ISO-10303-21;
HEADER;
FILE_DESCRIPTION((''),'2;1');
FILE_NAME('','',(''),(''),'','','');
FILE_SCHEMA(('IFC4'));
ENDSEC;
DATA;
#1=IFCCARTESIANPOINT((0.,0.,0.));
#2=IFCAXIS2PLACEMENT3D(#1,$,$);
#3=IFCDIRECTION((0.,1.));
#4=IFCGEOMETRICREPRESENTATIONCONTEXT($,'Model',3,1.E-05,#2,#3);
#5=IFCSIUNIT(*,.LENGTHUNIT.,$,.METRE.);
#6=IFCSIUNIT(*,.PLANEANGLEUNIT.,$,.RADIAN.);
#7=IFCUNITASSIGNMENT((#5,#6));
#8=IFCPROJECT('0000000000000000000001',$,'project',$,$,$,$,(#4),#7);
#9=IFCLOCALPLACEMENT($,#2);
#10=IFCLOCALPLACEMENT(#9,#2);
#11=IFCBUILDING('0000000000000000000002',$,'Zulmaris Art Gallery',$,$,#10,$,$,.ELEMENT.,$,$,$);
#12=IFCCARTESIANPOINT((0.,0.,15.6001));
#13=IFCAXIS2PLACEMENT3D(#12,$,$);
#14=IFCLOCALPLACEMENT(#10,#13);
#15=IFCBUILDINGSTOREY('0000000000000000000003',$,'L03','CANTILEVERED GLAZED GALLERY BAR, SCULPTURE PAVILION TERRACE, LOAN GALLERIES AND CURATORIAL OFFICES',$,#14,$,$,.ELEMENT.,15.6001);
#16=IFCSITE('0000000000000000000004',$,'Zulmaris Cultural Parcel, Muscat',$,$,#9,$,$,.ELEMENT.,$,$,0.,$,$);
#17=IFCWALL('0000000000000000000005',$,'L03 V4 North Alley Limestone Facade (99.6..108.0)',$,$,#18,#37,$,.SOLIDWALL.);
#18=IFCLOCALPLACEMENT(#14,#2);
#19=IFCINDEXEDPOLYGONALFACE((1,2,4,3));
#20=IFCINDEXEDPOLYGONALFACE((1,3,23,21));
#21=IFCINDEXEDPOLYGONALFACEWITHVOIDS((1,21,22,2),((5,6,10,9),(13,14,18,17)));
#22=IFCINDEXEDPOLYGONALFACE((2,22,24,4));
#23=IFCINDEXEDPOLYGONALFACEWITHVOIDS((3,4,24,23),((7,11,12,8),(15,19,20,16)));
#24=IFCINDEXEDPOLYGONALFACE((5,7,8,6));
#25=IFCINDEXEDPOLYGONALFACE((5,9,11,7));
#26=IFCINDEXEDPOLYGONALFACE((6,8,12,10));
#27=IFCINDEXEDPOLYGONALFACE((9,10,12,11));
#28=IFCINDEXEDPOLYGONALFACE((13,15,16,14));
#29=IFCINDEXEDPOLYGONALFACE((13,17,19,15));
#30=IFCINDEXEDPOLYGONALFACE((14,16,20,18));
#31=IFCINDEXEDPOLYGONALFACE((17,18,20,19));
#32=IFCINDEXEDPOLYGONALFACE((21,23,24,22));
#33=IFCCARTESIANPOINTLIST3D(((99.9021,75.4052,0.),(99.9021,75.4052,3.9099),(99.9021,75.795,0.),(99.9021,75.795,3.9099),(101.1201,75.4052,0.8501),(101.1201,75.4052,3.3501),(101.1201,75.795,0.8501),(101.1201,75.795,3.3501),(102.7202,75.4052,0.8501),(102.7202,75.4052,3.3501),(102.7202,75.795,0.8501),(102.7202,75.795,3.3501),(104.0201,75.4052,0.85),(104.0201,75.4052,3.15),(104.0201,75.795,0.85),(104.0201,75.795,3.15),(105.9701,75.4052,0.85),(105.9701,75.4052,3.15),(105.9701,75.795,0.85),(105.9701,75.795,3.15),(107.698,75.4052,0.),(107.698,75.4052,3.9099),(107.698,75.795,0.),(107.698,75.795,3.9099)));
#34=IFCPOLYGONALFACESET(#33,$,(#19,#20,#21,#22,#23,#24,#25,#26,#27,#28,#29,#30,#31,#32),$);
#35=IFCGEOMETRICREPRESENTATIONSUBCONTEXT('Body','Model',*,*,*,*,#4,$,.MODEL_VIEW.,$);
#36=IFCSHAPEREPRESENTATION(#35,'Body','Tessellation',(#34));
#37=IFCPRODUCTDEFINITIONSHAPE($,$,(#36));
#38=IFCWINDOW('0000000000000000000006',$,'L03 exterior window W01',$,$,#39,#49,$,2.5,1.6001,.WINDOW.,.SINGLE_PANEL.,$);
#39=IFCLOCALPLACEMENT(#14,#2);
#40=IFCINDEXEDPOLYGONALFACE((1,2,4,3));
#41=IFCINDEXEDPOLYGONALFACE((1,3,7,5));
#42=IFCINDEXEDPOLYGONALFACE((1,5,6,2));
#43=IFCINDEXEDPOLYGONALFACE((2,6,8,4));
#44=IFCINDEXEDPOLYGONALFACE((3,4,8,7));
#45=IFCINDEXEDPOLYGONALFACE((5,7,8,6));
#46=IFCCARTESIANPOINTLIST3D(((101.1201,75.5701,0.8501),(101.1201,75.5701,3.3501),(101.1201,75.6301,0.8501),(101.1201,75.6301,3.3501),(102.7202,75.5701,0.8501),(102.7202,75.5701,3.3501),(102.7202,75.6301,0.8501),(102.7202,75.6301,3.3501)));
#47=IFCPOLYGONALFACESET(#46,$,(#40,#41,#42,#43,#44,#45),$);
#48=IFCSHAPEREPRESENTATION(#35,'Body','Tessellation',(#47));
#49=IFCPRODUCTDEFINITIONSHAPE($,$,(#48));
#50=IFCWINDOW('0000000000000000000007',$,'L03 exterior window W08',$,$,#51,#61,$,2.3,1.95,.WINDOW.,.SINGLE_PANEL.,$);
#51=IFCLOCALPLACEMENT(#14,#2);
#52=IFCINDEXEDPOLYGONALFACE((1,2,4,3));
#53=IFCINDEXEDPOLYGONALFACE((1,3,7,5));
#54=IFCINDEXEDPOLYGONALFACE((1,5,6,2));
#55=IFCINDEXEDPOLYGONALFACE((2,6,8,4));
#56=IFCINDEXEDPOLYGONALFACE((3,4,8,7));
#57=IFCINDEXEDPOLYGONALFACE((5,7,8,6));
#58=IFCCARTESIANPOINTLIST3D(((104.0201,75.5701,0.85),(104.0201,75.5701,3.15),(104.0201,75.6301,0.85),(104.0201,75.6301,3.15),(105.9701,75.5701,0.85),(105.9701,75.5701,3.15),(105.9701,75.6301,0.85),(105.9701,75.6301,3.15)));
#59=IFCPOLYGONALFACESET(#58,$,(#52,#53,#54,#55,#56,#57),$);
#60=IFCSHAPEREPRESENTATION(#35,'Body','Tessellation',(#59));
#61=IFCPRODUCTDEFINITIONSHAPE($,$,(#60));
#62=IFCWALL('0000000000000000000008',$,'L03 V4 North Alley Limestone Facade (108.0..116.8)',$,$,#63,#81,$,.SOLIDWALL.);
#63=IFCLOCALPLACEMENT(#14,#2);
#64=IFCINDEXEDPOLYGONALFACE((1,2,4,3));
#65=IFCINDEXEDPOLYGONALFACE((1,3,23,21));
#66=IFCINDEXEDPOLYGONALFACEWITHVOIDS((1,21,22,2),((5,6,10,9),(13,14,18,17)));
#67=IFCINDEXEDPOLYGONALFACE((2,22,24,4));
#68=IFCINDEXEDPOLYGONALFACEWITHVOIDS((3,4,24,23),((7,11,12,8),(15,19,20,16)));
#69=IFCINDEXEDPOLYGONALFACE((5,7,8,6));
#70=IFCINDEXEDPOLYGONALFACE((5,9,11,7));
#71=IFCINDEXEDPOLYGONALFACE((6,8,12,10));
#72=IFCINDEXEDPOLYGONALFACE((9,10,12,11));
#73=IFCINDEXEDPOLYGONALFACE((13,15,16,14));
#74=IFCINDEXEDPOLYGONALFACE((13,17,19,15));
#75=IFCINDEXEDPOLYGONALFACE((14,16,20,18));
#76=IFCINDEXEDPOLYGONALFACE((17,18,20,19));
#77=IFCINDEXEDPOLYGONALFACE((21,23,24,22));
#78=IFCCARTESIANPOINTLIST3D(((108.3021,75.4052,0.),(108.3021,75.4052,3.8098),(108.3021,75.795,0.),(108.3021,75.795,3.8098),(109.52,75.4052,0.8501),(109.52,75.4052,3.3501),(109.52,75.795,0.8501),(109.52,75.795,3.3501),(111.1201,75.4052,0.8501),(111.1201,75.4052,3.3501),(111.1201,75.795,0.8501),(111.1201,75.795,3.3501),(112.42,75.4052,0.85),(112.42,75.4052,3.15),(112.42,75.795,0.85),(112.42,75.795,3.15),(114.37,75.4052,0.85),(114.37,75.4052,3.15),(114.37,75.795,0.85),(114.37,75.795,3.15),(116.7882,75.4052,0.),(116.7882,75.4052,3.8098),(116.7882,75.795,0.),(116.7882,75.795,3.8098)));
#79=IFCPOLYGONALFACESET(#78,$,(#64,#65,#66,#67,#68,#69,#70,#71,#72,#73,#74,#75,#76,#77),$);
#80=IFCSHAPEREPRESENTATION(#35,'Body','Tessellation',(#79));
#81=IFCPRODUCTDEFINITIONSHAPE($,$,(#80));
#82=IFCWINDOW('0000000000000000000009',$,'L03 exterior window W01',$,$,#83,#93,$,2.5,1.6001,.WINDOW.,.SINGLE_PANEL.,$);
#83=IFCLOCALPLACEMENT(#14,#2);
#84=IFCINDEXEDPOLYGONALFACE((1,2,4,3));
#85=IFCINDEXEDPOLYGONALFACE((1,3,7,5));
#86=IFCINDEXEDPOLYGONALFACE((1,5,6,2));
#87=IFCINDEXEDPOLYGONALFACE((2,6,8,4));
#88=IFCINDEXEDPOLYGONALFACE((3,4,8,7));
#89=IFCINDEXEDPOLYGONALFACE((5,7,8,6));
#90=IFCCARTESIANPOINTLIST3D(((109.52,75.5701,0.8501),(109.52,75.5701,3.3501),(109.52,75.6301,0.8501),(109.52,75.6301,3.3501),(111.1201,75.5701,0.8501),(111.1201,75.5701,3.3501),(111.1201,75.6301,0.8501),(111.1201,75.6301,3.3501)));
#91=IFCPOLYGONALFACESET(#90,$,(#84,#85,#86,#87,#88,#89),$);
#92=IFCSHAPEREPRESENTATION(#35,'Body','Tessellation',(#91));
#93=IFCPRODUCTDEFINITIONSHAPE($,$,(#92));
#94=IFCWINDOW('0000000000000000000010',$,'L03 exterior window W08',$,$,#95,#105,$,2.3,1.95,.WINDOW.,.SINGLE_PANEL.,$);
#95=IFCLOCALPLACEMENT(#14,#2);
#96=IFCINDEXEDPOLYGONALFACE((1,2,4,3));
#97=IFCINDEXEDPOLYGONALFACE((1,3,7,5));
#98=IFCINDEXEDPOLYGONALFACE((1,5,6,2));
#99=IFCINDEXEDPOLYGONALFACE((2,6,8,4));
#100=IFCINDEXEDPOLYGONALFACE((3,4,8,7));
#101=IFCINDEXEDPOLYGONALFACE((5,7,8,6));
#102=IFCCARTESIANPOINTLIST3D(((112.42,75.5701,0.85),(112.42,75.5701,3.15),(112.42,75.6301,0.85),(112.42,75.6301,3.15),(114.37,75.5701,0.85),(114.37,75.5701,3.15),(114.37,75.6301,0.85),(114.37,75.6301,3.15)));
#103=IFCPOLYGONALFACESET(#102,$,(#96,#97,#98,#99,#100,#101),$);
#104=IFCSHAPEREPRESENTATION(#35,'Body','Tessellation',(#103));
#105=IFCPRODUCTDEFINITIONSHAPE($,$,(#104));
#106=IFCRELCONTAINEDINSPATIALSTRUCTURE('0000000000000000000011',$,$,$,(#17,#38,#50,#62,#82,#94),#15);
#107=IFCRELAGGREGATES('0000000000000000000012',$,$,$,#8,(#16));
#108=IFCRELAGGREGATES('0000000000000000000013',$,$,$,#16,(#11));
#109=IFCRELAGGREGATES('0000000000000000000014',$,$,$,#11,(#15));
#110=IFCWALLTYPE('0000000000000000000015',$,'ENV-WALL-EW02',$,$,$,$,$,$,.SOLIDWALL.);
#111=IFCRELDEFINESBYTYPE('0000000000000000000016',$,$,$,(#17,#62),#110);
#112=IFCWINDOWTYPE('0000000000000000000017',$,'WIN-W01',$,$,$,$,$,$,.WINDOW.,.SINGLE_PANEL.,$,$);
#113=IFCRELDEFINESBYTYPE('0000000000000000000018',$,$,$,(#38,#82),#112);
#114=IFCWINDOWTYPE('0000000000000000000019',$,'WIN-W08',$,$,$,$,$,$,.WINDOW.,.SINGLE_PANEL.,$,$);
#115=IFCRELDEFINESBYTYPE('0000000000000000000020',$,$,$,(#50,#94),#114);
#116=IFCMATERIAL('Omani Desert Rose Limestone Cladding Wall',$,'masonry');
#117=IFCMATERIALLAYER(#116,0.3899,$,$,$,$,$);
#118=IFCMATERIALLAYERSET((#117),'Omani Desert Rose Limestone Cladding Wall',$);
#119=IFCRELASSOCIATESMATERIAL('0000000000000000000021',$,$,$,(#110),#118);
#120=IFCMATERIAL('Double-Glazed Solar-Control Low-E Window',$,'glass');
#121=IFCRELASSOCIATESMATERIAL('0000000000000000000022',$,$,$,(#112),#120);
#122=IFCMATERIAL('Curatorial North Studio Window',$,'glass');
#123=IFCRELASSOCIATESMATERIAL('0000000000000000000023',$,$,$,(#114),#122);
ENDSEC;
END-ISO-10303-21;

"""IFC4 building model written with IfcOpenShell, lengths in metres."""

from ifc_helpers import new_model, si_unit, direction, frame, frame_2d, origin, place, context, subcontext, project, spatial, rectangle, extrude, material, layer, layer_set, type_object, element, fill, save


model = new_model("IFC4")

# Units and contexts
model_context = context("Model", 3, precision=1e-05, world=origin(), true_north=direction((0.0, 1.0)))
body_context = subcontext(model_context, "Body", "Model", "MODEL_VIEW")
ifc_project = project(units=[si_unit("LENGTHUNIT", "METRE"), si_unit("PLANEANGLEUNIT", "RADIAN")], contexts=[model_context])

# Site, building, storey
site_placement = place(None, origin())
site = spatial("IfcSite", under=ifc_project, at=site_placement, Name="Zulmaris Cultural Parcel, Muscat", CompositionType="ELEMENT", RefElevation=0.0)
building_placement = place(site_placement, origin())
building = spatial("IfcBuilding", under=site, at=building_placement, Name="Zulmaris Art Gallery", CompositionType="ELEMENT")
storey_placement = place(building_placement, frame((0.0, 0.0, 15.6001)))
storey = spatial("IfcBuildingStorey", under=building, at=storey_placement, Name="L03", Description="CANTILEVERED GLAZED GALLERY BAR, SCULPTURE PAVILION TERRACE, LOAN GALLERIES AND CURATORIAL OFFICES", CompositionType="ELEMENT", Elevation=15.6001)

# Walls, openings, windows
ifc_material_1 = material(Name="Omani Desert Rose Limestone Cladding Wall", Category="masonry")
ifc_layer_1 = layer(ifc_material_1, 0.3899)
ifc_layer_set_1 = layer_set([ifc_layer_1], Name="Omani Desert Rose Limestone Cladding Wall")
wall_type = type_object("IfcWallType", Name="ENV-WALL-EW02", PredefinedType="SOLIDWALL", material=ifc_layer_set_1)
wall_1_placement = place(storey_placement, frame((99.9021, 75.6001, 0.0), z_axis=(0.0, 0.0, 1.0), x_axis=(1.0, 0.0, 0.0)))
wall_1 = element("IfcWall", 1, at=wall_1_placement, inside=storey, type_object=wall_type, Name="L03 V4 North Alley Limestone Facade (99.6..108.0)", PredefinedType="SOLIDWALL", context=body_context, shape_type="SweptSolid", body=[
    extrude(rectangle(XDim=7.7959, YDim=0.3899, at=frame_2d((3.8979, 0.0))), origin(), (0.0, 0.0, 1.0), 3.9099),
])
opening_1_placement = place(wall_1_placement, frame((1.218, 0.0, 0.8501)))
opening_1 = element("IfcOpeningElement", 2, at=opening_1_placement, cuts=wall_1, PredefinedType="OPENING", context=body_context, shape_type="SweptSolid", body=[
    extrude(rectangle(XDim=1.6001, YDim=2.5, at=frame_2d((0.8, 1.25))), frame((0.0, 0.2048, 0.0), z_axis=(0.0, -1.0, 0.0), x_axis=(1.0, 0.0, 0.0)), (0.0, 0.0, 1.0), 0.4099),
])
opening_2_placement = place(wall_1_placement, frame((4.1179, 0.0, 0.8501)))
opening_2 = element("IfcOpeningElement", 3, at=opening_2_placement, cuts=wall_1, PredefinedType="OPENING", context=body_context, shape_type="SweptSolid", body=[
    extrude(rectangle(XDim=1.95, YDim=2.3, at=frame_2d((0.9751, 1.1499))), frame((0.0, 0.2048, 0.0), z_axis=(0.0, -1.0, 0.0), x_axis=(1.0, 0.0, 0.0)), (0.0, 0.0, 1.0), 0.4099),
])
ifc_material_2 = material(Name="Double-Glazed Solar-Control Low-E Window", Category="glass")
window_type_1 = type_object("IfcWindowType", Name="WIN-W01", PartitioningType="SINGLE_PANEL", PredefinedType="WINDOW", material=ifc_material_2)
window_1_placement = place(opening_1_placement, origin())
window_1 = element("IfcWindow", 4, at=window_1_placement, inside=storey, type_object=window_type_1, Name="L03 exterior window W01", OverallHeight=2.5, OverallWidth=1.6001, PartitioningType="SINGLE_PANEL", PredefinedType="WINDOW", context=body_context, shape_type="SweptSolid", body=[
    extrude(rectangle(XDim=1.6001, YDim=2.5, at=frame_2d((0.8, 1.25))), frame((0.0, 0.03, 0.0), z_axis=(0.0, -1.0, 0.0), x_axis=(1.0, 0.0, 0.0)), (0.0, 0.0, 1.0), 0.0601),
])
fill(opening_1, window_1)
ifc_material_3 = material(Name="Curatorial North Studio Window", Category="glass")
window_type_2 = type_object("IfcWindowType", Name="WIN-W08", PartitioningType="SINGLE_PANEL", PredefinedType="WINDOW", material=ifc_material_3)
window_2_placement = place(opening_2_placement, origin())
window_2 = element("IfcWindow", 5, at=window_2_placement, inside=storey, type_object=window_type_2, Name="L03 exterior window W08", OverallHeight=2.3, OverallWidth=1.95, PartitioningType="SINGLE_PANEL", PredefinedType="WINDOW", context=body_context, shape_type="SweptSolid", body=[
    extrude(rectangle(XDim=1.95, YDim=2.3, at=frame_2d((0.9751, 1.1499))), frame((0.0, 0.03, 0.0), z_axis=(0.0, -1.0, 0.0), x_axis=(1.0, 0.0, 0.0)), (0.0, 0.0, 1.0), 0.0601),
])
fill(opening_2, window_2)
wall_2_placement = place(storey_placement, frame((108.302, 75.6001, 0.0), z_axis=(0.0, 0.0, 1.0), x_axis=(1.0, 0.0, 0.0)))
wall_2 = element("IfcWall", 6, at=wall_2_placement, inside=storey, type_object=wall_type, Name="L03 V4 North Alley Limestone Facade (108.0..116.8)", PredefinedType="SOLIDWALL", context=body_context, shape_type="SweptSolid", body=[
    extrude(rectangle(XDim=8.4861, YDim=0.3899, at=frame_2d((4.2432, 0.0))), origin(), (0.0, 0.0, 1.0), 3.8098),
])
opening_3_placement = place(wall_2_placement, frame((1.218, 0.0, 0.8501)))
opening_3 = element("IfcOpeningElement", 7, at=opening_3_placement, cuts=wall_2, PredefinedType="OPENING", context=body_context, shape_type="SweptSolid", body=[
    extrude(rectangle(XDim=1.6001, YDim=2.5, at=frame_2d((0.8, 1.25))), frame((0.0, 0.2048, 0.0), z_axis=(0.0, -1.0, 0.0), x_axis=(1.0, 0.0, 0.0)), (0.0, 0.0, 1.0), 0.4099),
])
opening_4_placement = place(wall_2_placement, frame((4.1179, 0.0, 0.8501)))
opening_4 = element("IfcOpeningElement", 8, at=opening_4_placement, cuts=wall_2, PredefinedType="OPENING", context=body_context, shape_type="SweptSolid", body=[
    extrude(rectangle(XDim=1.95, YDim=2.3, at=frame_2d((0.9751, 1.1499))), frame((0.0, 0.2048, 0.0), z_axis=(0.0, -1.0, 0.0), x_axis=(1.0, 0.0, 0.0)), (0.0, 0.0, 1.0), 0.4099),
])
window_3_placement = place(opening_3_placement, origin())
window_3 = element("IfcWindow", 9, at=window_3_placement, inside=storey, type_object=window_type_1, Name="L03 exterior window W01", OverallHeight=2.5, OverallWidth=1.6001, PartitioningType="SINGLE_PANEL", PredefinedType="WINDOW", context=body_context, shape_type="SweptSolid", body=[
    extrude(rectangle(XDim=1.6001, YDim=2.5, at=frame_2d((0.8, 1.25))), frame((0.0, 0.03, 0.0), z_axis=(0.0, -1.0, 0.0), x_axis=(1.0, 0.0, 0.0)), (0.0, 0.0, 1.0), 0.0601),
])
fill(opening_3, window_3)
window_4_placement = place(opening_4_placement, origin())
window_4 = element("IfcWindow", 10, at=window_4_placement, inside=storey, type_object=window_type_2, Name="L03 exterior window W08", OverallHeight=2.3, OverallWidth=1.95, PartitioningType="SINGLE_PANEL", PredefinedType="WINDOW", context=body_context, shape_type="SweptSolid", body=[
    extrude(rectangle(XDim=1.95, YDim=2.3, at=frame_2d((0.9751, 1.1499))), frame((0.0, 0.03, 0.0), z_axis=(0.0, -1.0, 0.0), x_axis=(1.0, 0.0, 0.0)), (0.0, 0.0, 1.0), 0.0601),
])
fill(opening_4, window_4)

save(model, "model.ifc")
